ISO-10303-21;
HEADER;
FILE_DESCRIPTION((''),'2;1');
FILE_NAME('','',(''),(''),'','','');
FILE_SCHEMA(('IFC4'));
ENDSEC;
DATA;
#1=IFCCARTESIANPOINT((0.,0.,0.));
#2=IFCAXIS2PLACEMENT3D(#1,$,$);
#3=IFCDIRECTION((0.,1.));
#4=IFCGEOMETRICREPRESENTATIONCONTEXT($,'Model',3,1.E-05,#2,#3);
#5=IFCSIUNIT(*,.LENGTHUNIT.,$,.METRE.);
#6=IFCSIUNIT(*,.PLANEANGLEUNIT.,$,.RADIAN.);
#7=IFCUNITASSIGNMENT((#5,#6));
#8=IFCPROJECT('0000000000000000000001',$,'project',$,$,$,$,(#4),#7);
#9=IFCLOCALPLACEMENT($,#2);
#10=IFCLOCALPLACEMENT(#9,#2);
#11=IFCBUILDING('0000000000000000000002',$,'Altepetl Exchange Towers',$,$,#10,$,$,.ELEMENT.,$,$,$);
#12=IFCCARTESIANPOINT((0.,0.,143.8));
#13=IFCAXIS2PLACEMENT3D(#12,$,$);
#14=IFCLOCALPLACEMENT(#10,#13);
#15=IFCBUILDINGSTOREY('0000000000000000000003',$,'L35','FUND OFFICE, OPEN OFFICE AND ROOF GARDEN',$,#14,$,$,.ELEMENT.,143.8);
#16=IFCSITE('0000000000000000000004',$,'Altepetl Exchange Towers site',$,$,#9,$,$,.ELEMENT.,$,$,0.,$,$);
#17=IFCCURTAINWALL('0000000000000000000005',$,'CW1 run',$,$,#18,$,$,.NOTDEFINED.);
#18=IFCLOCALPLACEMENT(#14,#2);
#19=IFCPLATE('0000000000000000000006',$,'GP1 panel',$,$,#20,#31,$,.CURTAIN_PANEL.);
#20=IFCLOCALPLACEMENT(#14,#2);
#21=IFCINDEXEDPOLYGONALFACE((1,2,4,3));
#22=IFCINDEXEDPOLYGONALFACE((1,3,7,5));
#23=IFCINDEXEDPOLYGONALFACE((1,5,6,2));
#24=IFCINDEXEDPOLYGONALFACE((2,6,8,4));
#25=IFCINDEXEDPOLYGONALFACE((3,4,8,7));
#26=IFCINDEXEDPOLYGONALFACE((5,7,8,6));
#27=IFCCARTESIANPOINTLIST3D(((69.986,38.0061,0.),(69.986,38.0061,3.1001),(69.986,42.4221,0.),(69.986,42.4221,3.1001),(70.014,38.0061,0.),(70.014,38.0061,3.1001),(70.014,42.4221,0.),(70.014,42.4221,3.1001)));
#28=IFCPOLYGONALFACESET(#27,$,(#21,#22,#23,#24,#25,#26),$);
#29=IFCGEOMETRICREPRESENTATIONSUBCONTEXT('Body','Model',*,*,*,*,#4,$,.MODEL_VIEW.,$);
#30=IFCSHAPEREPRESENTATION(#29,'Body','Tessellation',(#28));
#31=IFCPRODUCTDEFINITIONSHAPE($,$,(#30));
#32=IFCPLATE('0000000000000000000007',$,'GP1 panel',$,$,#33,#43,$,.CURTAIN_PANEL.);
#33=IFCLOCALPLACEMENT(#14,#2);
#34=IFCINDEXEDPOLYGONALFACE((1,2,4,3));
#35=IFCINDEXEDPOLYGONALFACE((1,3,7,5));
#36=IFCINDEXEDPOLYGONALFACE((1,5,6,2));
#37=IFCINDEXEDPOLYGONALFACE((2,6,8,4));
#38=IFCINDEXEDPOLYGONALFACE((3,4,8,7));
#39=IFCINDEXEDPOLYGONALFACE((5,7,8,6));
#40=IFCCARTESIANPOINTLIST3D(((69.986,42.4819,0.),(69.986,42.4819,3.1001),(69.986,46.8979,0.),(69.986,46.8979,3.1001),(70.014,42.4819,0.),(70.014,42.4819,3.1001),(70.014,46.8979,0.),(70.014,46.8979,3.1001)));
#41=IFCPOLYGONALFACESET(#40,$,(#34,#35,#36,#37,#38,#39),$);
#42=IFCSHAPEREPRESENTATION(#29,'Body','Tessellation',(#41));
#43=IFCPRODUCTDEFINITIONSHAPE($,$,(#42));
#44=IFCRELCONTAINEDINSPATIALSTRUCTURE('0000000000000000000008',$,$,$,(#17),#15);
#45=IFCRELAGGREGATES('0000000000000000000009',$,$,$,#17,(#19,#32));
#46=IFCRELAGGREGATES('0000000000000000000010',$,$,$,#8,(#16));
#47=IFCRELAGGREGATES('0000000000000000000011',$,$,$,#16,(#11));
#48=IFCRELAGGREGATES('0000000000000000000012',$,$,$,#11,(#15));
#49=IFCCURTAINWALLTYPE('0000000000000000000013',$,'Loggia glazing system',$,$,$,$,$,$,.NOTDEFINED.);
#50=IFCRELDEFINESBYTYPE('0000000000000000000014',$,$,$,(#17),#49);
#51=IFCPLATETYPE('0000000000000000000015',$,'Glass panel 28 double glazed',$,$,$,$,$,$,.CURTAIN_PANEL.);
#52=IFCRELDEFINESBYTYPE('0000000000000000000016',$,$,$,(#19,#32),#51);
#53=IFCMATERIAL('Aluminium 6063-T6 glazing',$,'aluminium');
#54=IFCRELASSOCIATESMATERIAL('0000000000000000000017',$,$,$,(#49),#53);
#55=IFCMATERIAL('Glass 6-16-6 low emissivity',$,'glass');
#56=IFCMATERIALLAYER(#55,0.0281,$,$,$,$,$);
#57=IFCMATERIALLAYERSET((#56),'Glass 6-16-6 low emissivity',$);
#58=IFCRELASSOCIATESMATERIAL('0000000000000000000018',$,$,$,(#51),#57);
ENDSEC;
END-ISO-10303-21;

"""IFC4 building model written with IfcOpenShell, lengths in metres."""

from ifc_helpers import new_model, si_unit, direction, frame, origin, origin_2d, place, context, subcontext, project, spatial, rectangle, extrude, material, layer, layer_set, type_object, element, aggregate, save


model = new_model("IFC4")

# Units and contexts
model_context = context("Model", 3, precision=1e-05, world=origin(), true_north=direction((0.0, 1.0)))
body_context = subcontext(model_context, "Body", "Model", "MODEL_VIEW")
ifc_project = project(units=[si_unit("LENGTHUNIT", "METRE"), si_unit("PLANEANGLEUNIT", "RADIAN")], contexts=[model_context])

# Site, building, storey
site_placement = place(None, origin())
site = spatial("IfcSite", under=ifc_project, at=site_placement, Name="Altepetl Exchange Towers site", CompositionType="ELEMENT", RefElevation=0.0)
building_placement = place(site_placement, origin())
building = spatial("IfcBuilding", under=site, at=building_placement, Name="Altepetl Exchange Towers", CompositionType="ELEMENT")
storey_placement = place(building_placement, frame((0.0, 0.0, 143.8)))
storey = spatial("IfcBuildingStorey", under=building, at=storey_placement, Name="L35", Description="FUND OFFICE, OPEN OFFICE AND ROOF GARDEN", CompositionType="ELEMENT", Elevation=143.8)

# Shared definitions
ifc_material_1 = material(Name="Aluminium 6063-T6 glazing", Category="aluminium")
curtain_wall_type = type_object("IfcCurtainWallType", Name="Loggia glazing system", PredefinedType="NOTDEFINED", material=ifc_material_1)

# Curtain wall
curtain_wall_1_placement = place(storey_placement, origin())
curtain_wall_1 = element("IfcCurtainWall", 1, at=curtain_wall_1_placement, inside=storey, type_object=curtain_wall_type, Name="CW1 run", PredefinedType="NOTDEFINED")

# Plates
ifc_material_2 = material(Name="Glass 6-16-6 low emissivity", Category="glass")
ifc_layer = layer(ifc_material_2, 0.0281)
ifc_layer_set = layer_set([ifc_layer], Name="Glass 6-16-6 low emissivity")
plate_type = type_object("IfcPlateType", Name="Glass panel 28 double glazed", PredefinedType="CURTAIN_PANEL", material=ifc_layer_set)
plate_1_placement = place(storey_placement, frame((70.0, 40.2141, 0.0), z_axis=(0.0, 0.0, 1.0), x_axis=(0.0, 1.0, 0.0)))
plate_1 = element("IfcPlate", 2, at=plate_1_placement, type_object=plate_type, Name="GP1 panel", PredefinedType="CURTAIN_PANEL", context=body_context, shape_type="SweptSolid", body=[
    extrude(rectangle(XDim=4.416, YDim=0.0281, at=origin_2d()), origin(), (0.0, 0.0, 1.0), 3.1001),
])
plate_2_placement = place(storey_placement, frame((70.0, 44.6899, 0.0), z_axis=(0.0, 0.0, 1.0), x_axis=(0.0, 1.0, 0.0)))
plate_2 = element("IfcPlate", 3, at=plate_2_placement, type_object=plate_type, Name="GP1 panel", PredefinedType="CURTAIN_PANEL", context=body_context, shape_type="SweptSolid", body=[
    extrude(rectangle(XDim=4.416, YDim=0.0281, at=origin_2d()), origin(), (0.0, 0.0, 1.0), 3.1001),
])
aggregate(curtain_wall_1, [plate_1, plate_2])

save(model, "model.ifc")
